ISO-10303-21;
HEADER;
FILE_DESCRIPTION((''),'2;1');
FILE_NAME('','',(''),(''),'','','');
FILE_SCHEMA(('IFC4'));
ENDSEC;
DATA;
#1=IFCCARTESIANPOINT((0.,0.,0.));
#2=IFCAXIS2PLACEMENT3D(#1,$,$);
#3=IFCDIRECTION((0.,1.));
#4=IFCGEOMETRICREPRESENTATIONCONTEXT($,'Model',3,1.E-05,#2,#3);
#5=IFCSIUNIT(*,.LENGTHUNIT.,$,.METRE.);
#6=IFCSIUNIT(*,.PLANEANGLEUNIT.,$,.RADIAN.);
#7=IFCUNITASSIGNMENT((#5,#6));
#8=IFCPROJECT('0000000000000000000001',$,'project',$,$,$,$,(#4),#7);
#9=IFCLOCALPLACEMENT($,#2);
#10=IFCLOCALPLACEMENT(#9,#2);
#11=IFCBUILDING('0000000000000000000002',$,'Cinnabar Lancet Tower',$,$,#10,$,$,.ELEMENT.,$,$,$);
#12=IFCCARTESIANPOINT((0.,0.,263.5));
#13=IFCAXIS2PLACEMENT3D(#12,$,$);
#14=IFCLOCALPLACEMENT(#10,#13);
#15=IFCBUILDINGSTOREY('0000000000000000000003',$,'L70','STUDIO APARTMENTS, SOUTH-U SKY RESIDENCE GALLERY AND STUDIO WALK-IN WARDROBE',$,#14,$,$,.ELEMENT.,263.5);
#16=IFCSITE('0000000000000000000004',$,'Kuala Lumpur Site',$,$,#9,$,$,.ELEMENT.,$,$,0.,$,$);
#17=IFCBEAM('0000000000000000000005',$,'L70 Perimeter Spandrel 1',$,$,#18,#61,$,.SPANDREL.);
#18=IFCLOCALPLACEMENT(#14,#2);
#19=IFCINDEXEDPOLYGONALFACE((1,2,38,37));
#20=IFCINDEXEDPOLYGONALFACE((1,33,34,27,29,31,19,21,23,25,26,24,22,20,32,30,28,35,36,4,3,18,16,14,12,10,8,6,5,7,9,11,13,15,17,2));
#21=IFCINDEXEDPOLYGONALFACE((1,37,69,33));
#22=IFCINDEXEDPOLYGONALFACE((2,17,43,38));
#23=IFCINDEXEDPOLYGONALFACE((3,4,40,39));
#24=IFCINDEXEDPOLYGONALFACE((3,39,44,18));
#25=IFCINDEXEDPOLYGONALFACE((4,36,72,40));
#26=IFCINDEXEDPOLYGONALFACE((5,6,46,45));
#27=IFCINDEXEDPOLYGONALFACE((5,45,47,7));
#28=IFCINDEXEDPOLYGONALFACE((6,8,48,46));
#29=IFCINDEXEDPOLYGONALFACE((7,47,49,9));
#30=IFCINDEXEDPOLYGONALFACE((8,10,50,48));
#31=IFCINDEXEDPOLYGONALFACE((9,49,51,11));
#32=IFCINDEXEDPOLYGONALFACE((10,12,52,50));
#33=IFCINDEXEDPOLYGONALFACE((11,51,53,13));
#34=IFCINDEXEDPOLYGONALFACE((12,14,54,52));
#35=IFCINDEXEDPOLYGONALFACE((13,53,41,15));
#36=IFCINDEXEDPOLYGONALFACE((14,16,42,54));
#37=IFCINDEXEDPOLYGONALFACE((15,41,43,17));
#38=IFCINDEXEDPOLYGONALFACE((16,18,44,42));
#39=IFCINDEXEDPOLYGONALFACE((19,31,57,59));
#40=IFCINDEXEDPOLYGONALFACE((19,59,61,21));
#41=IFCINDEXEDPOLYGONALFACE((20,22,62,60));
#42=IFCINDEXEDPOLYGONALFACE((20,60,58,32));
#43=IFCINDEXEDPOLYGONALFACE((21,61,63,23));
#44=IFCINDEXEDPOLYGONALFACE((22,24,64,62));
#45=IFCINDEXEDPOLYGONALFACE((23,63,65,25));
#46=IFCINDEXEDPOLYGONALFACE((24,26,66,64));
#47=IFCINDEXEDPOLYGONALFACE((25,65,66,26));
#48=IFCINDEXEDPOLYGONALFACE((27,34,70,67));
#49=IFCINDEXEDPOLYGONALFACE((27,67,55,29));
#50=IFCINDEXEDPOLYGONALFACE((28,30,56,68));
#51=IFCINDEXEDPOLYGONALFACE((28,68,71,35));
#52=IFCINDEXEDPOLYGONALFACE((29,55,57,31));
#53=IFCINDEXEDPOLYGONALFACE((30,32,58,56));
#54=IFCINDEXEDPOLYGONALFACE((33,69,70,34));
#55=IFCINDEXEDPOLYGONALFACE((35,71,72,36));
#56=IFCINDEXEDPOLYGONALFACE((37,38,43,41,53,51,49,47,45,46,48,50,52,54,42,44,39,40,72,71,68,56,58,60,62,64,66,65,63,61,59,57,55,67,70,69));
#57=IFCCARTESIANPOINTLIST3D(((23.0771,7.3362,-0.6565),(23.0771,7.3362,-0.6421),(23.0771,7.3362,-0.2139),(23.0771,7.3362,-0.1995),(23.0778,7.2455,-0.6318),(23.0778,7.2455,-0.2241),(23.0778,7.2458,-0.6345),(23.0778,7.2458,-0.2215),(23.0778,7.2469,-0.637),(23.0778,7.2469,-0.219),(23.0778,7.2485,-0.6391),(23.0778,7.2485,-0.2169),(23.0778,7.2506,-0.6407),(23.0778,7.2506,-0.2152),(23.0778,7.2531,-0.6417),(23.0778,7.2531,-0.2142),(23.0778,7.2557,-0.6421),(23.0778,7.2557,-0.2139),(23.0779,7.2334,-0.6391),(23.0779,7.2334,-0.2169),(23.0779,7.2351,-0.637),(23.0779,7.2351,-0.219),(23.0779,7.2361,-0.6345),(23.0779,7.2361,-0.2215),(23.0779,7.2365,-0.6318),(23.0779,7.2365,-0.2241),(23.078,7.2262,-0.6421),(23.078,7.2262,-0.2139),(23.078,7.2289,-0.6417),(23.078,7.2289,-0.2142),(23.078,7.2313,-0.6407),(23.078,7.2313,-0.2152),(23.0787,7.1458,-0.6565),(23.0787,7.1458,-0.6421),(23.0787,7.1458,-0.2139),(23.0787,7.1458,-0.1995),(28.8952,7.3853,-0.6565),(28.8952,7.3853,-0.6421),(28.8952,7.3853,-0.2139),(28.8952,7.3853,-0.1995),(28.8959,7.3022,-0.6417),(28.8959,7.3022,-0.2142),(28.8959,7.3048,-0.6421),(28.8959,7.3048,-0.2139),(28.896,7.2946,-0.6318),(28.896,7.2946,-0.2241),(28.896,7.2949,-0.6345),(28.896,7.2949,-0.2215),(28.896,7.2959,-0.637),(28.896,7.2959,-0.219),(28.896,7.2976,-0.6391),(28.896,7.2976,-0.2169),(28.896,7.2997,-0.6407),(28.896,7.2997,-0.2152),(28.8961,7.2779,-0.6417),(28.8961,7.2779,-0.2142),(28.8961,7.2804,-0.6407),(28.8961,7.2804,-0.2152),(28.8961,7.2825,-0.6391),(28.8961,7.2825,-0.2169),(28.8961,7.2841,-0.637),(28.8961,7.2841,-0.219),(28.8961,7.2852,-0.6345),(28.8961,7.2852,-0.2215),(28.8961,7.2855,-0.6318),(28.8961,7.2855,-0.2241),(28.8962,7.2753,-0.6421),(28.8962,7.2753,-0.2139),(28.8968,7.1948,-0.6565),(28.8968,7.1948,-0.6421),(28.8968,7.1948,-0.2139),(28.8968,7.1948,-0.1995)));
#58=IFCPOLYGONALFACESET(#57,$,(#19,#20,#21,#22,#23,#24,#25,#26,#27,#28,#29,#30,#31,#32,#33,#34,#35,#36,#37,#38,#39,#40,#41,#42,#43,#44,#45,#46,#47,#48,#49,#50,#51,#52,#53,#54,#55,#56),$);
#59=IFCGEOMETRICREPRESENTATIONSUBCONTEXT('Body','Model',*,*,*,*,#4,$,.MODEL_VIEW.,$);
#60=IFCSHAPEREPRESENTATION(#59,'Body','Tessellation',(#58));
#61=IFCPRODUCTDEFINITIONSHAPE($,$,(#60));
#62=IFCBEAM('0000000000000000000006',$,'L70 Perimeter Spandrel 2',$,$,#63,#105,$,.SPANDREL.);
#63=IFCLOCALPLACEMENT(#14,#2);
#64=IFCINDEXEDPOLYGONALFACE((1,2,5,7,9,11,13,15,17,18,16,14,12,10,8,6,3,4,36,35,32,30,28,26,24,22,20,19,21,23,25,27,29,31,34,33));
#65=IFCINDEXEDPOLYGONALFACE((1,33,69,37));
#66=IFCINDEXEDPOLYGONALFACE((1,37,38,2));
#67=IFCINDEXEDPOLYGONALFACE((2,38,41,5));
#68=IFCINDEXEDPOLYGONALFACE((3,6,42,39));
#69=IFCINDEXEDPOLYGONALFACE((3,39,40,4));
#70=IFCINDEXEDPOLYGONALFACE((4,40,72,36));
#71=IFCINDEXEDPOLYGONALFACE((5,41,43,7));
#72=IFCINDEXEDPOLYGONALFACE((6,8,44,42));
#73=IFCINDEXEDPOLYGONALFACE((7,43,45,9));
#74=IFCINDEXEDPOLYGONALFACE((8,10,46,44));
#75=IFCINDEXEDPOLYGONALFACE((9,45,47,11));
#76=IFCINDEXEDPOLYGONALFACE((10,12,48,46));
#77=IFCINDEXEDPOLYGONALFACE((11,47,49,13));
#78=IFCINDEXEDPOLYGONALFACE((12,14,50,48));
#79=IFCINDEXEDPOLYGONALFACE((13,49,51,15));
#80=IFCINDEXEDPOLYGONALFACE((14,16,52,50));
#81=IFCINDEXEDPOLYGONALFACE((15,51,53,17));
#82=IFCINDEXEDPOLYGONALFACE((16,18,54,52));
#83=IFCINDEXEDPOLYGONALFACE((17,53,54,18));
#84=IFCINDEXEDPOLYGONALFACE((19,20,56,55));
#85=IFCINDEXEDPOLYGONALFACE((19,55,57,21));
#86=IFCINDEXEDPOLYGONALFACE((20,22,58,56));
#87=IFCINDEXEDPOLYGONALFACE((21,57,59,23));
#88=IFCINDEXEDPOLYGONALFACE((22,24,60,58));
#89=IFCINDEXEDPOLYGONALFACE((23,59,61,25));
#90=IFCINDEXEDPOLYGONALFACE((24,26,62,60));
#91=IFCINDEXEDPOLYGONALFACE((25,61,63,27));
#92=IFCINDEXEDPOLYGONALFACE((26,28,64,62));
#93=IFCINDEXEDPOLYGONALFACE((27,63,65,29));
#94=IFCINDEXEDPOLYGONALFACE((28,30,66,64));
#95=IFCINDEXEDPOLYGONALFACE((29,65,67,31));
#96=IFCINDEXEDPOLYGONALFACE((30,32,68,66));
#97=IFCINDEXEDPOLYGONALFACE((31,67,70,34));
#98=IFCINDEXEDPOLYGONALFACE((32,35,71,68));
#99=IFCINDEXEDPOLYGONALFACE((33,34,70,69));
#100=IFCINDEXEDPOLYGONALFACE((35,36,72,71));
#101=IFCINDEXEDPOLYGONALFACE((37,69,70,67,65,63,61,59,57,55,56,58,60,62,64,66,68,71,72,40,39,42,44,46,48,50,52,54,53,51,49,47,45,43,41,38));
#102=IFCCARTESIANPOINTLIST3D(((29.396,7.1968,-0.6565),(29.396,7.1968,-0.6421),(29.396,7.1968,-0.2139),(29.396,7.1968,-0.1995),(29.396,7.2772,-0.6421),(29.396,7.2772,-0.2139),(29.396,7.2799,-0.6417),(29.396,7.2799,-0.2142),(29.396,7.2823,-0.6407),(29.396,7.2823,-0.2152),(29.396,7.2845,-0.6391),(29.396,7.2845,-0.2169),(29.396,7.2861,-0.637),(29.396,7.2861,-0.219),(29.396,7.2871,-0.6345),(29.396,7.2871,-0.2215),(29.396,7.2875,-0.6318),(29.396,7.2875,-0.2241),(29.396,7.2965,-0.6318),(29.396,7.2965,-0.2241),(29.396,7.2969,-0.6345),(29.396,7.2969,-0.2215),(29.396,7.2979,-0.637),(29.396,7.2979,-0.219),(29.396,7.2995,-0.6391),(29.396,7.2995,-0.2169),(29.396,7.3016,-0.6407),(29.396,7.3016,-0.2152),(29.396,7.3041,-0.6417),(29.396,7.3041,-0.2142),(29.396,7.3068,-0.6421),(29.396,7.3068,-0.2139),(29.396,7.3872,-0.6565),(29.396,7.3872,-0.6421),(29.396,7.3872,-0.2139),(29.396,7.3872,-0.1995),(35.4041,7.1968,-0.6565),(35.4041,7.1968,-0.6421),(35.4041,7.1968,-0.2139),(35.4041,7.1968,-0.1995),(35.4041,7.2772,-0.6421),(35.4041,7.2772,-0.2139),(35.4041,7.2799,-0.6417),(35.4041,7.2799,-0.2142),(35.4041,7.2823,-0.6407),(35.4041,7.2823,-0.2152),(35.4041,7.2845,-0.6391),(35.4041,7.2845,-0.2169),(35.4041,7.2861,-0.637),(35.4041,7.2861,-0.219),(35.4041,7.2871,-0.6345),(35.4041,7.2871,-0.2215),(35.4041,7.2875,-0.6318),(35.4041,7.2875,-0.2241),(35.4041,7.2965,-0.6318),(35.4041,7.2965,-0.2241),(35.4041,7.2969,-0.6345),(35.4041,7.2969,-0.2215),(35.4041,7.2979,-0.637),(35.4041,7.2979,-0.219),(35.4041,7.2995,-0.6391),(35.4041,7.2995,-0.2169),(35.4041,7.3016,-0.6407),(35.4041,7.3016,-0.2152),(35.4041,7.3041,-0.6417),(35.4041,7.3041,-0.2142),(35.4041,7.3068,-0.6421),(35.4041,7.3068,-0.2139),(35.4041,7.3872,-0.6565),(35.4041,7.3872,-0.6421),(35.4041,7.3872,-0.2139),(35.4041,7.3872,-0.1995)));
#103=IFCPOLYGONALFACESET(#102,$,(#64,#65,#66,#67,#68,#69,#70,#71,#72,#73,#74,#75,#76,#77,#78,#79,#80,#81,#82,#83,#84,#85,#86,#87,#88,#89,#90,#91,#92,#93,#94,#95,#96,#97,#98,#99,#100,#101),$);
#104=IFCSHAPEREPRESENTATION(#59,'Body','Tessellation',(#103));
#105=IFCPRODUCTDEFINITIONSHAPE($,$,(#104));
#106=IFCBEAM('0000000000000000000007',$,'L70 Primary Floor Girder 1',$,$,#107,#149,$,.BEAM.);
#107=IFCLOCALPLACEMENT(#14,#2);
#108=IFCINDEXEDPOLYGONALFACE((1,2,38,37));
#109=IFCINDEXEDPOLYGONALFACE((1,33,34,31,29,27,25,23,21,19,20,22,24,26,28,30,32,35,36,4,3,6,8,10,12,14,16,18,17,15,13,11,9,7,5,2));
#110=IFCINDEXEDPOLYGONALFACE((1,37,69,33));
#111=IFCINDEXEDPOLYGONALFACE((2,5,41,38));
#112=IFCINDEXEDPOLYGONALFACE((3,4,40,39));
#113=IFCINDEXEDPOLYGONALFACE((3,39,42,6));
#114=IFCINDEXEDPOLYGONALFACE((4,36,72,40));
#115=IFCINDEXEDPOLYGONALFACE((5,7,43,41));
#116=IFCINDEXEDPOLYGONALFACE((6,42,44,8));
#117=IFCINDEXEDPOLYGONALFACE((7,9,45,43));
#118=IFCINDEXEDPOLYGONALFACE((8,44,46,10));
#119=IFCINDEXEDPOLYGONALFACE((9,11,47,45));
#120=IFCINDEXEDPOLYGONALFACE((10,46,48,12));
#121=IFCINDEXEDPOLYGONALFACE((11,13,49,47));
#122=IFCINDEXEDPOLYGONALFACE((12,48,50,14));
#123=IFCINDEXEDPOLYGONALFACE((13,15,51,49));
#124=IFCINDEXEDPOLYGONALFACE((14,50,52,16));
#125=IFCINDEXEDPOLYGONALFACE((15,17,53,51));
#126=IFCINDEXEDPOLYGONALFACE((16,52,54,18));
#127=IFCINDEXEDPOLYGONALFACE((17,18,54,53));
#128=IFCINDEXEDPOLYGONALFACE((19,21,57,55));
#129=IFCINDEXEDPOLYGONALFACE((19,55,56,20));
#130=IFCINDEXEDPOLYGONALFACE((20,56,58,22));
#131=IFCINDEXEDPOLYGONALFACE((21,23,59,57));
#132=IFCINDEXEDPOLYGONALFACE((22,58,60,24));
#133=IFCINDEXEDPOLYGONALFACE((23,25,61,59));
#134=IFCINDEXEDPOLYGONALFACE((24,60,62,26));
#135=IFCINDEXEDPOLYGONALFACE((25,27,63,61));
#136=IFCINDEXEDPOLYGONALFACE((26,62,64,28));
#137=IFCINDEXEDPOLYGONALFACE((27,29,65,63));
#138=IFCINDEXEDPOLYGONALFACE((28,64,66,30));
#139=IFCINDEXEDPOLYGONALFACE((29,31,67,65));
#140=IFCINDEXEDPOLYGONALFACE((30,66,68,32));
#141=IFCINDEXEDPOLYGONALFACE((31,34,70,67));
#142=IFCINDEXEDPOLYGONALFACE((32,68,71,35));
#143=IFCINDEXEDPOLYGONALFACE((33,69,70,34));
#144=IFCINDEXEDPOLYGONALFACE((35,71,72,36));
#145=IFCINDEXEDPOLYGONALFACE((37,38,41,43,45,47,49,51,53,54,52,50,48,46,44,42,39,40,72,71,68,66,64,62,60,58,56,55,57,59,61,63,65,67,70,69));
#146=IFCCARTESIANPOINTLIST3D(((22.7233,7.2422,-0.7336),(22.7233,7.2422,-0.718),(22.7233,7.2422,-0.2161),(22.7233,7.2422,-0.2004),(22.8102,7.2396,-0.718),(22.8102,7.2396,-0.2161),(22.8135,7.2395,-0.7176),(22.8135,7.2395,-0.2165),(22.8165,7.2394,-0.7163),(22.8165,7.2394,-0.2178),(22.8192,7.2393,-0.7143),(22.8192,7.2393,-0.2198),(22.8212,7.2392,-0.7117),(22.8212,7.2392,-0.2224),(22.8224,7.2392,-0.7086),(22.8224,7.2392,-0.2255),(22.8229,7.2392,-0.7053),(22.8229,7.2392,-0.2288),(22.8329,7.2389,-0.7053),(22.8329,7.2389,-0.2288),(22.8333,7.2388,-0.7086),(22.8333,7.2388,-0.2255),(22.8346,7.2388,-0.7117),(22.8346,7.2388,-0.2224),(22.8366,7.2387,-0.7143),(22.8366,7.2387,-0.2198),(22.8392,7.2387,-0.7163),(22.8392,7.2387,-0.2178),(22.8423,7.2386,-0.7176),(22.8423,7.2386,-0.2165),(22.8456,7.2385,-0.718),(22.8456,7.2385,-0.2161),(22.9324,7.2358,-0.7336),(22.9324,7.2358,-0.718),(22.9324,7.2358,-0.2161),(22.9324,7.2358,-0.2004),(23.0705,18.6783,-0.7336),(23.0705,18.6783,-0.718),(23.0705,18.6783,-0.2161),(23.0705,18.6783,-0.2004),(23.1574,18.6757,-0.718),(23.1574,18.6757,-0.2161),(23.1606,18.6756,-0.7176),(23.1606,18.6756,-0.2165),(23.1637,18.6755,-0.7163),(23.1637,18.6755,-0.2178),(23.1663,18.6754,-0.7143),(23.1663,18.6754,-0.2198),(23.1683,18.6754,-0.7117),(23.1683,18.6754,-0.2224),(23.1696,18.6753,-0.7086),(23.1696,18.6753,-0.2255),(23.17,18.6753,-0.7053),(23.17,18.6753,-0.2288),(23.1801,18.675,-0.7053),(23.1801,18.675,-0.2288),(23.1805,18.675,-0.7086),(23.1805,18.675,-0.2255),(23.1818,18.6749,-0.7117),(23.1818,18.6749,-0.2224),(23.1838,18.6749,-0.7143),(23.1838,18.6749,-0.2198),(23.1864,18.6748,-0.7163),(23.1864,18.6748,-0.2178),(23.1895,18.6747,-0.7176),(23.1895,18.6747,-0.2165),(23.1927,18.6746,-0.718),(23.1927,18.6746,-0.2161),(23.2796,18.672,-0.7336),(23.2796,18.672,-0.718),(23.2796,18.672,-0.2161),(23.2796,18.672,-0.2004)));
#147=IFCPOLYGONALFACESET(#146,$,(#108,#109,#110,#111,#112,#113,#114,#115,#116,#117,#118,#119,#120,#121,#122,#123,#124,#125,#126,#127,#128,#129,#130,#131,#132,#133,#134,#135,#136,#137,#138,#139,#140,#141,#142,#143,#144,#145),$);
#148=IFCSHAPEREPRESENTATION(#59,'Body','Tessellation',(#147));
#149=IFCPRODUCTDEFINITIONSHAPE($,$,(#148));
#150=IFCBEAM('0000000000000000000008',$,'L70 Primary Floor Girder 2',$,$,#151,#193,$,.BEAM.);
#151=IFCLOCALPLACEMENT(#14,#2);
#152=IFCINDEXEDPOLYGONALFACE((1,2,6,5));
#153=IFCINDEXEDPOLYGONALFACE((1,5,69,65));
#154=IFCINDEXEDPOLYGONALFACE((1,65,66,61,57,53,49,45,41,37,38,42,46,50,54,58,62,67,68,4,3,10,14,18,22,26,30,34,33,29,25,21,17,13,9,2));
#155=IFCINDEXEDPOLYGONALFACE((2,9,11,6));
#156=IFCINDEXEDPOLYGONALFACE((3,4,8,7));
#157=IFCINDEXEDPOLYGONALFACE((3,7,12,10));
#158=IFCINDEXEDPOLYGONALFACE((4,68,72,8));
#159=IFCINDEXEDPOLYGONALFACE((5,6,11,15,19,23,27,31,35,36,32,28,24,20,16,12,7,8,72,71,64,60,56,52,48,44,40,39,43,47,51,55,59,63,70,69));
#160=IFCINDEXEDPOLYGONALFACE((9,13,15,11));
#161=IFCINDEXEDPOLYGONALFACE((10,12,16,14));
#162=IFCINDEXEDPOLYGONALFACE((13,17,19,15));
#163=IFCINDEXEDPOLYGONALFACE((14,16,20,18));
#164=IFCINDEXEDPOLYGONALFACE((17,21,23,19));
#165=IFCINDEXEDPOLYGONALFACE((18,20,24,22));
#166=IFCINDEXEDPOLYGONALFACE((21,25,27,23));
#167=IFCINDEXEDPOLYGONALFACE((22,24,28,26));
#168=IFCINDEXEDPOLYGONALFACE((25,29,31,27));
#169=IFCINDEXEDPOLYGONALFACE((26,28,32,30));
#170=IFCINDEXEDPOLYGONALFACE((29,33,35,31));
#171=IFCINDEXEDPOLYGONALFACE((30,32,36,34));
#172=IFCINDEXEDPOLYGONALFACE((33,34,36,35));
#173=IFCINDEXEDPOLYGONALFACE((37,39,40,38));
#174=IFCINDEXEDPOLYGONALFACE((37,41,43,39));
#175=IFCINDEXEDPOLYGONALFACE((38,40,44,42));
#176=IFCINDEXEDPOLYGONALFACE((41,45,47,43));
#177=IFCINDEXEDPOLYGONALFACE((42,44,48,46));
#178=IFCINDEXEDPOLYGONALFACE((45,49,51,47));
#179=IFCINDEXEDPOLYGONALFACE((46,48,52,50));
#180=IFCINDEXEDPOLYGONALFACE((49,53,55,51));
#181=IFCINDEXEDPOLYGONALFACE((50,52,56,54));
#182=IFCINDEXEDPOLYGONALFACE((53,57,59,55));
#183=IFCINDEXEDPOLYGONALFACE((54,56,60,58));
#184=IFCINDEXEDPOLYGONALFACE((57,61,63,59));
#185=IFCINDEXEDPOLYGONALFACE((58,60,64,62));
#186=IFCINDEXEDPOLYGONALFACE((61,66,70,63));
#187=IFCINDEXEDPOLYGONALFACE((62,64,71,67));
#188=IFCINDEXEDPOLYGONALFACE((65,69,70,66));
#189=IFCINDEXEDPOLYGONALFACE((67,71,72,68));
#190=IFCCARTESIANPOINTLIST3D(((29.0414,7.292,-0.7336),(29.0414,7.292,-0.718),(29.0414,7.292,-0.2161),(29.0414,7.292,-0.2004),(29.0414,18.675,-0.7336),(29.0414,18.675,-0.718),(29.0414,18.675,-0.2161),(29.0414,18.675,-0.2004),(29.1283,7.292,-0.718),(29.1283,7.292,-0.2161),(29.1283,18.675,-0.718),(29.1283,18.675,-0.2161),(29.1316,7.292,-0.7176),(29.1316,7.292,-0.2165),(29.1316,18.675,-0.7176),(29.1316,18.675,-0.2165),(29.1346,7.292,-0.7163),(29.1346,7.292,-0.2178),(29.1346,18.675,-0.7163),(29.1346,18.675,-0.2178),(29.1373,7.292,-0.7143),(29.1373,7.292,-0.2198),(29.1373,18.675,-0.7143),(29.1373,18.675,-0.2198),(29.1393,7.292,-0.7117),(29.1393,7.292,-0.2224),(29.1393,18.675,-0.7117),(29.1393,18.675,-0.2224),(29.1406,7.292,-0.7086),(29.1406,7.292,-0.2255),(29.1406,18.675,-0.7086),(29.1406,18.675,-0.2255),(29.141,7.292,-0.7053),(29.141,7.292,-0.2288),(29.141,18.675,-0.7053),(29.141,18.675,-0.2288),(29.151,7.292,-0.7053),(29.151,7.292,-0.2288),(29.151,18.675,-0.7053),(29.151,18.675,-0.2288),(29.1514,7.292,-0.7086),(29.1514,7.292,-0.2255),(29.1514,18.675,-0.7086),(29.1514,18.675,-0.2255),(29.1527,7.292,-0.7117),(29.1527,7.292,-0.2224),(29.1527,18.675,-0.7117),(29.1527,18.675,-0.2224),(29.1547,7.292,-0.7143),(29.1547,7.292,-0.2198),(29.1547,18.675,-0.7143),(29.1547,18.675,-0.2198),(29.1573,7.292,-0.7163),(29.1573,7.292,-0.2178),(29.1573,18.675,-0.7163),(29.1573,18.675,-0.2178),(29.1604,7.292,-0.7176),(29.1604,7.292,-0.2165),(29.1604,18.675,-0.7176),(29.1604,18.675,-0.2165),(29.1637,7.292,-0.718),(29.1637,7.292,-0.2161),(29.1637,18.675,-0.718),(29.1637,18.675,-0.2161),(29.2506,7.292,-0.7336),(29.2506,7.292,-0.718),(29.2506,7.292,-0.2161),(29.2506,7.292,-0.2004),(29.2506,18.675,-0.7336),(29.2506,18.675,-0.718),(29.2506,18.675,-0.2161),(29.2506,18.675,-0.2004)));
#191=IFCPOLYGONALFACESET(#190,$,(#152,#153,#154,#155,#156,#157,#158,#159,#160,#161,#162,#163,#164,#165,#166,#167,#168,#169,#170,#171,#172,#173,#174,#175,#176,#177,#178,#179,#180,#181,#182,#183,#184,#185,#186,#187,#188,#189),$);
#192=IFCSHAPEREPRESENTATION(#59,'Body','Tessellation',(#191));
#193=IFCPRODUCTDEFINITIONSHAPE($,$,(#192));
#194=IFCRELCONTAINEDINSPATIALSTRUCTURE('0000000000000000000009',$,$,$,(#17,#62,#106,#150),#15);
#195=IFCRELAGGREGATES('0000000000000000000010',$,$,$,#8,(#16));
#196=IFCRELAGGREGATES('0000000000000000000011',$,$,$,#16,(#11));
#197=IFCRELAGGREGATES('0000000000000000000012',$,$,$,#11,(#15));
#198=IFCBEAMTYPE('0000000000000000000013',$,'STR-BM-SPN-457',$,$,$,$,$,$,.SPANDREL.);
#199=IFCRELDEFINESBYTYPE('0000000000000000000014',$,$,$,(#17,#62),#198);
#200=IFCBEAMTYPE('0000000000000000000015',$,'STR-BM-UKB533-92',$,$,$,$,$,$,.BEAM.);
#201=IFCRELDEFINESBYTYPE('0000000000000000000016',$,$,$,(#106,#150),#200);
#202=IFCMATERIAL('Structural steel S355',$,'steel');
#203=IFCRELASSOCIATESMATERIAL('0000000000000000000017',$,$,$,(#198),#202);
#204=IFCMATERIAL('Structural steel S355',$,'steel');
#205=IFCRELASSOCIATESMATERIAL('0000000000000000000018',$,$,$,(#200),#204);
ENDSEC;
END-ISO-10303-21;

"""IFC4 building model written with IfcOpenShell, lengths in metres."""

from ifc_helpers import new_model, si_unit, direction, frame, origin, origin_2d, place, context, subcontext, project, spatial, i_section, extrude, material, material_profile, profile_set, type_object, element, save


model = new_model("IFC4")

# Units and contexts
model_context = context("Model", 3, precision=1e-05, world=origin(), true_north=direction((0.0, 1.0)))
body_context = subcontext(model_context, "Body", "Model", "MODEL_VIEW")
ifc_project = project(units=[si_unit("LENGTHUNIT", "METRE"), si_unit("PLANEANGLEUNIT", "RADIAN")], contexts=[model_context])

# Site, building, storey
site_placement = place(None, origin())
site = spatial("IfcSite", under=ifc_project, at=site_placement, Name="Kuala Lumpur Site", CompositionType="ELEMENT", RefElevation=0.0)
building_placement = place(site_placement, origin())
building = spatial("IfcBuilding", under=site, at=building_placement, Name="Cinnabar Lancet Tower", CompositionType="ELEMENT")
storey_placement = place(building_placement, frame((0.0, 0.0, 263.5)))
storey = spatial("IfcBuildingStorey", under=building, at=storey_placement, Name="L70", Description="STUDIO APARTMENTS, SOUTH-U SKY RESIDENCE GALLERY AND STUDIO WALK-IN WARDROBE", CompositionType="ELEMENT", Elevation=263.5)

# Beams
ifc_material_1 = material(Name="Structural steel S355", Category="steel")
ifc_material_profile_1 = material_profile(ifc_material_1, i_section(OverallWidth=0.1904, OverallDepth=0.457, WebThickness=0.009, FlangeThickness=0.0144, FilletRadius=0.0103, at=origin_2d()), Name="UKB 457x191x74")
ifc_profile_set_1 = profile_set([ifc_material_profile_1], Name="Structural steel S355")
beam_type_1 = type_object("IfcBeamType", Name="STR-BM-SPN-457", PredefinedType="SPANDREL", material=ifc_profile_set_1)
beam_1_placement = place(storey_placement, frame((23.0779, 7.241, -0.428), z_axis=(0.999964, 0.008434, 0.0), x_axis=(-0.008434, 0.999964, 0.0)))
element("IfcBeam", 1, at=beam_1_placement, inside=storey, type_object=beam_type_1, Name="L70 Perimeter Spandrel 1", PredefinedType="SPANDREL", context=body_context, shape_type="SweptSolid", body=[
    extrude(i_section(OverallWidth=0.1904, OverallDepth=0.457, WebThickness=0.009, FlangeThickness=0.0144, FilletRadius=0.0103, at=origin_2d()), origin(), (0.0, 0.0, 1.0), 5.8184),
])
beam_2_placement = place(storey_placement, frame((29.396, 7.292, -0.428), z_axis=(1.0, 0.0, 0.0), x_axis=(0.0, 1.0, 0.0)))
element("IfcBeam", 2, at=beam_2_placement, inside=storey, type_object=beam_type_1, Name="L70 Perimeter Spandrel 2", PredefinedType="SPANDREL", context=body_context, shape_type="SweptSolid", body=[
    extrude(i_section(OverallWidth=0.1904, OverallDepth=0.457, WebThickness=0.009, FlangeThickness=0.0144, FilletRadius=0.0103, at=origin_2d()), origin(), (0.0, 0.0, 1.0), 6.0081),
])
ifc_material_2 = material(Name="Structural steel S355", Category="steel")
ifc_material_profile_2 = material_profile(ifc_material_2, i_section(OverallWidth=0.2092, OverallDepth=0.5332, WebThickness=0.01, FlangeThickness=0.0156, FilletRadius=0.0127, at=origin_2d()), Name="UKB 533x210x92")
ifc_profile_set_2 = profile_set([ifc_material_profile_2], Name="Structural steel S355")
beam_type_2 = type_object("IfcBeamType", Name="STR-BM-UKB533-92", PredefinedType="BEAM", material=ifc_profile_set_2)
beam_3_placement = place(storey_placement, frame((22.8279, 7.239, -0.467), z_axis=(0.030343, 0.99954, 0.0), x_axis=(-0.99954, 0.030343, 0.0)))
element("IfcBeam", 3, at=beam_3_placement, inside=storey, type_object=beam_type_2, Name="L70 Primary Floor Girder 1", PredefinedType="BEAM", context=body_context, shape_type="SweptSolid", body=[
    extrude(i_section(OverallWidth=0.2092, OverallDepth=0.5332, WebThickness=0.01, FlangeThickness=0.0156, FilletRadius=0.0127, at=origin_2d()), origin(), (0.0, 0.0, 1.0), 11.4414),
])
beam_4_placement = place(storey_placement, frame((29.146, 7.292, -0.467), z_axis=(0.0, 1.0, 0.0), x_axis=(-1.0, 0.0, 0.0)))
element("IfcBeam", 4, at=beam_4_placement, inside=storey, type_object=beam_type_2, Name="L70 Primary Floor Girder 2", PredefinedType="BEAM", context=body_context, shape_type="SweptSolid", body=[
    extrude(i_section(OverallWidth=0.2092, OverallDepth=0.5332, WebThickness=0.01, FlangeThickness=0.0156, FilletRadius=0.0127, at=origin_2d()), origin(), (0.0, 0.0, 1.0), 11.3831),
])

save(model, "model.ifc")
